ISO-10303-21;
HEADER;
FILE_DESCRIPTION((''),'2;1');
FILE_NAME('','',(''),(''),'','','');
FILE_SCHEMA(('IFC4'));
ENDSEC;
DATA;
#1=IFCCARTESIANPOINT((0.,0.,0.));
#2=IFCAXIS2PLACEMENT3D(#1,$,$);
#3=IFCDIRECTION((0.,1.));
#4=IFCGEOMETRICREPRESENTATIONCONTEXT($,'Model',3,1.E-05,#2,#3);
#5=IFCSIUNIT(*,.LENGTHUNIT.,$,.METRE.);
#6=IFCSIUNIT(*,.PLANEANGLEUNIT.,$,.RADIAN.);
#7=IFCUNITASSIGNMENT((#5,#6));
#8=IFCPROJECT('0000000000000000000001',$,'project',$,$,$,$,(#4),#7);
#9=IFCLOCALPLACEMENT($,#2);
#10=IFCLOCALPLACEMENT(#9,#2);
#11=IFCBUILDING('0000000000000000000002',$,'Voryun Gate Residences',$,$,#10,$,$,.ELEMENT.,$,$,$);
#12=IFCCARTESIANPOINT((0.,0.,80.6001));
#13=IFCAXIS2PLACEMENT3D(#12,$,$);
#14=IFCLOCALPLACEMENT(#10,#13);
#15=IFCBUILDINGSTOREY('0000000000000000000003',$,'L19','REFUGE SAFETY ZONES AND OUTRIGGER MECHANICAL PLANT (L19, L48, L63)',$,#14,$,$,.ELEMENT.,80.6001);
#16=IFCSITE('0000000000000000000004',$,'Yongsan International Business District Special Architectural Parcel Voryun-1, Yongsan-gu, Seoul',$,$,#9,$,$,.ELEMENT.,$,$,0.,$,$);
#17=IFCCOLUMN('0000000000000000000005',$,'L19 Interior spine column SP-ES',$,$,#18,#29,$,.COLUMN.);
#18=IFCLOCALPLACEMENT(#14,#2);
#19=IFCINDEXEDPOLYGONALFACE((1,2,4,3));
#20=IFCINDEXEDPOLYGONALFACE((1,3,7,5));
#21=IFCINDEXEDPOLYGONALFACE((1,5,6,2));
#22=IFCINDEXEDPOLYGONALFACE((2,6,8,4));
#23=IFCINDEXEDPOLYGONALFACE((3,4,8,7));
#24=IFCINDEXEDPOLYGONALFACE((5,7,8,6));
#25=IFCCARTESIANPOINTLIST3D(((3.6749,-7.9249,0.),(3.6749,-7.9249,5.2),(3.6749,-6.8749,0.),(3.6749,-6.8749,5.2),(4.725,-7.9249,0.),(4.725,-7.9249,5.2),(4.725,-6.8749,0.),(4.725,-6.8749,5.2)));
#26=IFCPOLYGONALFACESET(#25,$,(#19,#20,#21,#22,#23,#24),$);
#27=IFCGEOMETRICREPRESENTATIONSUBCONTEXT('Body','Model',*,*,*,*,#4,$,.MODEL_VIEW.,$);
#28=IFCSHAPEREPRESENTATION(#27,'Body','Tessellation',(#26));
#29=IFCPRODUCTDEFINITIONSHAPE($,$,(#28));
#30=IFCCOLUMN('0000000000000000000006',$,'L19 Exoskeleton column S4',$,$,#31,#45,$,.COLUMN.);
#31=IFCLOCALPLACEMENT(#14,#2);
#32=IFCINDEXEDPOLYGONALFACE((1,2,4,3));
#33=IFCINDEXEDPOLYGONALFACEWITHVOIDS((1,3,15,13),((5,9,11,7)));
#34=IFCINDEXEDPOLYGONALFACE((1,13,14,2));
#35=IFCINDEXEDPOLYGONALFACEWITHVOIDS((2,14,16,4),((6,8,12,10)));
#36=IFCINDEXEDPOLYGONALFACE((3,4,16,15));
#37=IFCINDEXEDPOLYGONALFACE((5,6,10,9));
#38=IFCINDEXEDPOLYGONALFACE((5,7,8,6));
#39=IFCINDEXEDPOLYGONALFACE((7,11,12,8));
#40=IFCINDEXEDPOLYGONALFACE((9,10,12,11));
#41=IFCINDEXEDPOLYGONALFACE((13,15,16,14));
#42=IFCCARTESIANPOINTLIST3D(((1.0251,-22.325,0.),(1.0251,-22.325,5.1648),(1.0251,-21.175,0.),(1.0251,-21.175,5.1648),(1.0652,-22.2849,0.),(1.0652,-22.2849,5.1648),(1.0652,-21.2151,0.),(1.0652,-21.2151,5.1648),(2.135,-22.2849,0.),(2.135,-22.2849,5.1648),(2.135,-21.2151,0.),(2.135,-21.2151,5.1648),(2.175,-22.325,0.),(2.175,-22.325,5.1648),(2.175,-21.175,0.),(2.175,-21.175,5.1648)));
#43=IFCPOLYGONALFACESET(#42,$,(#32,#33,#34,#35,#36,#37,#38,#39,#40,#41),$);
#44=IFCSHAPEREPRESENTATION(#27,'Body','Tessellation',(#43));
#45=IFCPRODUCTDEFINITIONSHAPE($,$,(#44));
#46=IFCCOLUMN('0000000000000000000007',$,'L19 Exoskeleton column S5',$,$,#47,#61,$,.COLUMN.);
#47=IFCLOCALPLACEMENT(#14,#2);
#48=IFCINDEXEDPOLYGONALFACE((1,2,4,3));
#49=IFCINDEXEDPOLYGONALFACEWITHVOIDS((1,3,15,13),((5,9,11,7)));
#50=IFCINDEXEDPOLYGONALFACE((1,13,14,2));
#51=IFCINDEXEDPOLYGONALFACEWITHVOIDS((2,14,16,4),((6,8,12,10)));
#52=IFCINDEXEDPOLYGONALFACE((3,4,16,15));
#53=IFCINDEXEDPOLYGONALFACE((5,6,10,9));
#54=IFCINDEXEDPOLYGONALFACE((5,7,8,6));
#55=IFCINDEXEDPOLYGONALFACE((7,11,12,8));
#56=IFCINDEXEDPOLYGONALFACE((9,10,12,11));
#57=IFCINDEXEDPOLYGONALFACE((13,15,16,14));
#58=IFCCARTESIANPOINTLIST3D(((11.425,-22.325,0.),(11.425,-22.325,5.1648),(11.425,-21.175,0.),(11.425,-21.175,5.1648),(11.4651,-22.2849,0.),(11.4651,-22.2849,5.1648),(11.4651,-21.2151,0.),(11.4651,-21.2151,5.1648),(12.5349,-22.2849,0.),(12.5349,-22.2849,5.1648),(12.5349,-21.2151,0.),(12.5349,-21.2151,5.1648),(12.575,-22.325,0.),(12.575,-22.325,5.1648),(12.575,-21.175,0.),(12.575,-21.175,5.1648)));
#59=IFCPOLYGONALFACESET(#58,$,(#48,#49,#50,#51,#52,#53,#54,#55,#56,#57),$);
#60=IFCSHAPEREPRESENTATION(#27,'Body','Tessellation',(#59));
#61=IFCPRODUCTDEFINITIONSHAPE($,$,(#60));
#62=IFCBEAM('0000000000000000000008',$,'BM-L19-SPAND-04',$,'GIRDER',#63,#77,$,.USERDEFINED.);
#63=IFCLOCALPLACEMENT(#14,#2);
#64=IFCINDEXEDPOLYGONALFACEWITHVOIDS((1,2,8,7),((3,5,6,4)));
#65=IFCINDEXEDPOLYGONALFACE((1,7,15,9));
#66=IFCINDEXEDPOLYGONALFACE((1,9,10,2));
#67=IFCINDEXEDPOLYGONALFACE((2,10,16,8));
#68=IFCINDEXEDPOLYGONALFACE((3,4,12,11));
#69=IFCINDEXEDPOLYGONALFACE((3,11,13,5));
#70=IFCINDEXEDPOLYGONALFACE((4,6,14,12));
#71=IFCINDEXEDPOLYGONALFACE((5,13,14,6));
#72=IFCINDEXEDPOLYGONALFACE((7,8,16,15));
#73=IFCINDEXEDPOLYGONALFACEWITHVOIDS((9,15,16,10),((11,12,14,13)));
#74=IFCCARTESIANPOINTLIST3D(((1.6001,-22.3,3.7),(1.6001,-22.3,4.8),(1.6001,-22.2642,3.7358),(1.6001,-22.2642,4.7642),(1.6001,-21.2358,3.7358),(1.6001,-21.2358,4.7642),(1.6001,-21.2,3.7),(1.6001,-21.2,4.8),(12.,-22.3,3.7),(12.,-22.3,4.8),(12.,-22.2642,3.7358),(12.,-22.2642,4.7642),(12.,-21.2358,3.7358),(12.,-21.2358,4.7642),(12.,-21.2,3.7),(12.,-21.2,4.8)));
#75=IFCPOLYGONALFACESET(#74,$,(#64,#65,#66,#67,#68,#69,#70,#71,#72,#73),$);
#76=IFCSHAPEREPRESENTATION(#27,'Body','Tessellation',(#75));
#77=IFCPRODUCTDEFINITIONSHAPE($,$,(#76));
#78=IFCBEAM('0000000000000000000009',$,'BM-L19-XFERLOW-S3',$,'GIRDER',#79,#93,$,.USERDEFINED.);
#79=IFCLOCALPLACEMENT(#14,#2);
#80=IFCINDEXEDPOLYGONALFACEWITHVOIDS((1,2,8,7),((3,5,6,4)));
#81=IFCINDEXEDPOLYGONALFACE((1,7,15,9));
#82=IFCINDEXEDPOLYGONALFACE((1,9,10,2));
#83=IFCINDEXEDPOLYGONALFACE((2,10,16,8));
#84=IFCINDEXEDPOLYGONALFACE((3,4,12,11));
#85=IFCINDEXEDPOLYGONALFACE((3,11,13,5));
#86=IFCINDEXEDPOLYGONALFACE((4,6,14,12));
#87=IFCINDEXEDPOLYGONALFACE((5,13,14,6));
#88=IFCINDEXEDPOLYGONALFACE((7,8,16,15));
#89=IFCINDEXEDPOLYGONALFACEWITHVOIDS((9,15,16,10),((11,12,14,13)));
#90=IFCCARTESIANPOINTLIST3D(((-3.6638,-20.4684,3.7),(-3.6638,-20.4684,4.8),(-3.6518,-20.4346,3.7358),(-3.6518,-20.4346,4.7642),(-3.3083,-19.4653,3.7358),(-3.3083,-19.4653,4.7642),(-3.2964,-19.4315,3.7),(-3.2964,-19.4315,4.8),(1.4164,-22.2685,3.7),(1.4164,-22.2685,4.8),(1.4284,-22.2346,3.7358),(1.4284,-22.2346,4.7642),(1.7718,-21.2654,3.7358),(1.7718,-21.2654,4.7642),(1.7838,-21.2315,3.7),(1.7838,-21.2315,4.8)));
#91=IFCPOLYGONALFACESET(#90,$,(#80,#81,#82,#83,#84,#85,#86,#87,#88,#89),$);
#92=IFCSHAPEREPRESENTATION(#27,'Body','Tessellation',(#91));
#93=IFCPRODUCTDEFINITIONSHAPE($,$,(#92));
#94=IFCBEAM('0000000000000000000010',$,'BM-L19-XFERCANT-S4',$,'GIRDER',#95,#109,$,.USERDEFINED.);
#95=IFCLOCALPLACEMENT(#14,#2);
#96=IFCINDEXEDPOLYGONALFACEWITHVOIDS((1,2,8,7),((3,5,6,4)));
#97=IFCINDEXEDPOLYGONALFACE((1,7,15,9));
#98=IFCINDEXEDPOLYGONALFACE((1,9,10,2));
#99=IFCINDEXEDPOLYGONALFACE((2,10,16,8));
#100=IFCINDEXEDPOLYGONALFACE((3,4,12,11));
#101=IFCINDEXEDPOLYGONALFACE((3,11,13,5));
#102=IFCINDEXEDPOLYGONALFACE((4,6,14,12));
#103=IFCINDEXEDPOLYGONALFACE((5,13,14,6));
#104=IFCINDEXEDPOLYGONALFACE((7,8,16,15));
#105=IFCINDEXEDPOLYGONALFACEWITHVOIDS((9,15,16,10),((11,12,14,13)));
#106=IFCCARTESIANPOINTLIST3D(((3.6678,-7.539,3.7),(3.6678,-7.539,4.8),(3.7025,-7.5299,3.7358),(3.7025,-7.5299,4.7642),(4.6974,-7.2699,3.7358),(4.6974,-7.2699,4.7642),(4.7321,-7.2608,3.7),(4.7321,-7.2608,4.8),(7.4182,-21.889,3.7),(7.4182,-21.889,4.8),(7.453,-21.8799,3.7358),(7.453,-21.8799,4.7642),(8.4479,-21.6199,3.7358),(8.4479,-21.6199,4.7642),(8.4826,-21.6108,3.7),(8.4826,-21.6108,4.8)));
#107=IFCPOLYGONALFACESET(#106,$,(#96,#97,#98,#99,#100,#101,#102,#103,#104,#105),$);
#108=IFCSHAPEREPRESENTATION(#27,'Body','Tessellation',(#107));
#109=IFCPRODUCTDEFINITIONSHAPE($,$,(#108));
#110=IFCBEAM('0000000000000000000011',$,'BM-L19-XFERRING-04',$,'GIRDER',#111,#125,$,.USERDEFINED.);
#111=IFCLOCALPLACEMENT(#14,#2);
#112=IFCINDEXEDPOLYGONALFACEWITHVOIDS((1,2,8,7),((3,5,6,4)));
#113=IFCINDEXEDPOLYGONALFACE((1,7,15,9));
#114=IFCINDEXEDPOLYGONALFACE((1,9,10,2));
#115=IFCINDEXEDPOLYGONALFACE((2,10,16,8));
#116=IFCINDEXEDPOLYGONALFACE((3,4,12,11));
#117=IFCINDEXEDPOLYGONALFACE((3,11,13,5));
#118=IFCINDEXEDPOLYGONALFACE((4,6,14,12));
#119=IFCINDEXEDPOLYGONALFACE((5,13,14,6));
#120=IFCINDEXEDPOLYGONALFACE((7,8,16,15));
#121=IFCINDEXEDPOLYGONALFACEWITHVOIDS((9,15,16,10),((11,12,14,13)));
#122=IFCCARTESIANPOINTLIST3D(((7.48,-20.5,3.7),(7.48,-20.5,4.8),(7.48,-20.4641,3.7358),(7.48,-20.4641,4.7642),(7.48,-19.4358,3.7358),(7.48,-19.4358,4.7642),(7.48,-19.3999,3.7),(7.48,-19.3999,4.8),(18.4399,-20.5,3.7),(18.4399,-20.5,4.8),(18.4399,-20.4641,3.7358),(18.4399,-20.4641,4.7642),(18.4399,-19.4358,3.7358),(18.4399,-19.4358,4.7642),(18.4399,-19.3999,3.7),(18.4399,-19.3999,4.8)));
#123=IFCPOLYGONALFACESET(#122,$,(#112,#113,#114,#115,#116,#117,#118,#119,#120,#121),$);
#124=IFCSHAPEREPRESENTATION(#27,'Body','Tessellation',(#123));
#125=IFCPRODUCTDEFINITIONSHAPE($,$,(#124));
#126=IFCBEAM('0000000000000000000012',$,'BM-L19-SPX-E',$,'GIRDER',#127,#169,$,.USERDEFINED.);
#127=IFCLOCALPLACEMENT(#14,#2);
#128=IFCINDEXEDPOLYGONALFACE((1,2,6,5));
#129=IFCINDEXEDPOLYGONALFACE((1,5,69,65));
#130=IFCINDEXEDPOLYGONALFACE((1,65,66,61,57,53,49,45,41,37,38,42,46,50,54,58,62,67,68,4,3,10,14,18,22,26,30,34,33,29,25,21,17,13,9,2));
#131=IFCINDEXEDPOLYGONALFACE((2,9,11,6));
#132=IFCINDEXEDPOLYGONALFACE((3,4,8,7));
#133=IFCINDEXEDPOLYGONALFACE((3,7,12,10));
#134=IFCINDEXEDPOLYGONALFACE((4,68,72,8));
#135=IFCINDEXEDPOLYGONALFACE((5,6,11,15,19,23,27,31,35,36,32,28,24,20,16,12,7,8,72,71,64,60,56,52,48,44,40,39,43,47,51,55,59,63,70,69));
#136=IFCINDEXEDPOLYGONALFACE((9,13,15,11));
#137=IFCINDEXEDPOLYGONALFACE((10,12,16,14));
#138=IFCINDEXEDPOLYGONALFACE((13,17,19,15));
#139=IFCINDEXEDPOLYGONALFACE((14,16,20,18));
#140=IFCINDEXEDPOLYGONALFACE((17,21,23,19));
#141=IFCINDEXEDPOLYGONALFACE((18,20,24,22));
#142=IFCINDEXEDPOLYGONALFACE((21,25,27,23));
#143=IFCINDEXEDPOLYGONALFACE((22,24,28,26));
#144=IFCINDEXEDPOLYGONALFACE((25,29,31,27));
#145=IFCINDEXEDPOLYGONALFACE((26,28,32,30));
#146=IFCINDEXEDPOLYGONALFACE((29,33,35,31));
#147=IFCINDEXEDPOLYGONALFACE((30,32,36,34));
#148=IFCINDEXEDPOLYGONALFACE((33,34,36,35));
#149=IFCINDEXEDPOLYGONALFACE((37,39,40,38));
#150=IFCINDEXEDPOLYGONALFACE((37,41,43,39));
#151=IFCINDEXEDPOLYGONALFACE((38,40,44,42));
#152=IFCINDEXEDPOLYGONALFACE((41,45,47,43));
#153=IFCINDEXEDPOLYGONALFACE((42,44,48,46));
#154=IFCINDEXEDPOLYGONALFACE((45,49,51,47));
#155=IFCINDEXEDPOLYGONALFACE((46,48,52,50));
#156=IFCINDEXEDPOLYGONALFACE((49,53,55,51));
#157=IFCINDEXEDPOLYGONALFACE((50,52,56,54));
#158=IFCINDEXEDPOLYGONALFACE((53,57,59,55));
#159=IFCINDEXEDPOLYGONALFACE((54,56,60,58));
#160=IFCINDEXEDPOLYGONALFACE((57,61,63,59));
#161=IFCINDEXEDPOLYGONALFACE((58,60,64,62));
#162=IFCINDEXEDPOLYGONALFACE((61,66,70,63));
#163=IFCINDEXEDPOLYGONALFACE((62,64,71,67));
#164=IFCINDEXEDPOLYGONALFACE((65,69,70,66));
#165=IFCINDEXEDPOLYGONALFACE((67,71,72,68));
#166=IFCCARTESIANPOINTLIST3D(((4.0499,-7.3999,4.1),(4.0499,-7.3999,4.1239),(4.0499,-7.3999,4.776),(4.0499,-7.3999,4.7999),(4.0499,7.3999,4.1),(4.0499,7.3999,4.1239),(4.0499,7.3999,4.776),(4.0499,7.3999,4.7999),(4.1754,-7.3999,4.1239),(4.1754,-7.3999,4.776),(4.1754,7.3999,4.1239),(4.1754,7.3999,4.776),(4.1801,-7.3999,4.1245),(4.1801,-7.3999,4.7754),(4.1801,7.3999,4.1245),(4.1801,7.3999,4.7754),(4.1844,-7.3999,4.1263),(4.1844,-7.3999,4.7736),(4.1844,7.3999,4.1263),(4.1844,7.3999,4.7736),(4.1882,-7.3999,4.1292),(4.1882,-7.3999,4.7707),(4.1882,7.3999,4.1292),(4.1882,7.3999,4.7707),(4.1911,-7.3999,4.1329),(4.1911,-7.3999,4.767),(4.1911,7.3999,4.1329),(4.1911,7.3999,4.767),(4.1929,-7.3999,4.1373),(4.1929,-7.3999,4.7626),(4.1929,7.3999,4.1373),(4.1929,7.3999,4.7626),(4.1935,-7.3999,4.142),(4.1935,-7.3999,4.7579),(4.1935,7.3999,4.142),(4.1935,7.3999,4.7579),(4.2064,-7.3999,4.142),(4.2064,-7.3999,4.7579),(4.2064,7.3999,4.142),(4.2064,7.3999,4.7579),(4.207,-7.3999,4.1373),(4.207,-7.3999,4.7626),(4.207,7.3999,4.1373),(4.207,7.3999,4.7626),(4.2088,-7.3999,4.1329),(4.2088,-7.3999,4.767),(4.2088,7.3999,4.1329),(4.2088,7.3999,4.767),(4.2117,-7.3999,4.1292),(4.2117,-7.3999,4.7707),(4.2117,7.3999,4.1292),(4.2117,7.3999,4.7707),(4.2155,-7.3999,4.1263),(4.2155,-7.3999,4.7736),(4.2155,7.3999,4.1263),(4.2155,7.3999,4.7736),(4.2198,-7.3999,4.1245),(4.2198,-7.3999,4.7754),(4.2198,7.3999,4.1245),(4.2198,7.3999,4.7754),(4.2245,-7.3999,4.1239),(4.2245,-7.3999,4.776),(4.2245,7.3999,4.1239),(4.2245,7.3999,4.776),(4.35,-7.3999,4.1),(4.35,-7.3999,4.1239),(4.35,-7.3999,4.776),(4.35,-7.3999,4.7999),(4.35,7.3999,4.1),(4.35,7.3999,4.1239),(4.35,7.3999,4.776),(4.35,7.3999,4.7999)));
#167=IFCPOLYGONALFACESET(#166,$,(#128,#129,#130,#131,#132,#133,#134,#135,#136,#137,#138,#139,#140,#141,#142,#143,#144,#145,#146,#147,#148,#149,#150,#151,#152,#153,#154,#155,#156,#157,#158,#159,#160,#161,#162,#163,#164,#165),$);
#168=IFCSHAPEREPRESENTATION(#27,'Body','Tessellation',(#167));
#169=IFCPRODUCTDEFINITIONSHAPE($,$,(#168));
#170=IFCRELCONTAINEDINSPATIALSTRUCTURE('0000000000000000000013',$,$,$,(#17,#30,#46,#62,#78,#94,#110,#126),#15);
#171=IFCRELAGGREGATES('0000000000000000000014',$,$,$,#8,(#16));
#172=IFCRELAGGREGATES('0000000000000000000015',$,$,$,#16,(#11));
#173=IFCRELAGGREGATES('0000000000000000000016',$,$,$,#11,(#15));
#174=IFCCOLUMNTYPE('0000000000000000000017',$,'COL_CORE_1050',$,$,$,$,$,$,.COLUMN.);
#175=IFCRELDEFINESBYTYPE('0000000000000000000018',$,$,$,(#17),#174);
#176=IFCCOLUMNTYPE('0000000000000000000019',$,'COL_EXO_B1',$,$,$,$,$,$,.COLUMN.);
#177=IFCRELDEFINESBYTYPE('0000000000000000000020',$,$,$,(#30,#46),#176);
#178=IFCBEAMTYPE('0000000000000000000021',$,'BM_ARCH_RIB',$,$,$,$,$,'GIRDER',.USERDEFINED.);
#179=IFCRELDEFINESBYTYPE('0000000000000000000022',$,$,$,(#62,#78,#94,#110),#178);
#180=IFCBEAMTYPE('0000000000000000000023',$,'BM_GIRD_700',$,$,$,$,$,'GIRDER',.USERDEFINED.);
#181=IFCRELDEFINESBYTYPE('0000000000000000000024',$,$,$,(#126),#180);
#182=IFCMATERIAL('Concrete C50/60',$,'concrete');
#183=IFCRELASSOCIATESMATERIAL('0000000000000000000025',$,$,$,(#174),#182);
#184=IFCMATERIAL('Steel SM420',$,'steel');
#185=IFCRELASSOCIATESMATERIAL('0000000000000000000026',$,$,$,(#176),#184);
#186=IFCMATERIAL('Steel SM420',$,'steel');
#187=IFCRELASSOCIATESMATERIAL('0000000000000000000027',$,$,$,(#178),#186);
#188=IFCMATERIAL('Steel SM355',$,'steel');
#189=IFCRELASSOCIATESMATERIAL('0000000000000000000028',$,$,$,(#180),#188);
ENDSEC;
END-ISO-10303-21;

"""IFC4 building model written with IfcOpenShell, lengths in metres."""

from ifc_helpers import new_model, si_unit, direction, frame, origin, origin_2d, place, context, subcontext, project, spatial, rectangle, hollow_rectangle, i_section, extrude, material, material_profile, profile_set, type_object, element, save


model = new_model("IFC4")

# Units and contexts
model_context = context("Model", 3, precision=1e-05, world=origin(), true_north=direction((0.0, 1.0)))
body_context = subcontext(model_context, "Body", "Model", "MODEL_VIEW")
ifc_project = project(units=[si_unit("LENGTHUNIT", "METRE"), si_unit("PLANEANGLEUNIT", "RADIAN")], contexts=[model_context])

# Site, building, storey
site_placement = place(None, origin())
site = spatial("IfcSite", under=ifc_project, at=site_placement, Name="Yongsan International Business District Special Architectural Parcel Voryun-1, Yongsan-gu, Seoul", CompositionType="ELEMENT", RefElevation=0.0)
building_placement = place(site_placement, origin())
building = spatial("IfcBuilding", under=site, at=building_placement, Name="Voryun Gate Residences", CompositionType="ELEMENT")
storey_placement = place(building_placement, frame((0.0, 0.0, 80.6001)))
storey = spatial("IfcBuildingStorey", under=building, at=storey_placement, Name="L19", Description="REFUGE SAFETY ZONES AND OUTRIGGER MECHANICAL PLANT (L19, L48, L63)", CompositionType="ELEMENT", Elevation=80.6001)

# Columns
ifc_material_1 = material(Name="Concrete C50/60", Category="concrete")
ifc_material_profile_1 = material_profile(ifc_material_1, rectangle(XDim=1.05, YDim=1.05, at=origin_2d()), Name="RC-1050x1050")
ifc_profile_set_1 = profile_set([ifc_material_profile_1], Name="Concrete C50/60")
column_type_1 = type_object("IfcColumnType", Name="COL_CORE_1050", PredefinedType="COLUMN", material=ifc_profile_set_1)
column_placement = place(storey_placement, frame((4.2, -7.3999, 0.0), z_axis=(0.0, 0.0, 1.0), x_axis=(1.0, 0.0, 0.0)))
element("IfcColumn", 1, at=column_placement, inside=storey, type_object=column_type_1, Name="L19 Interior spine column SP-ES", PredefinedType="COLUMN", context=body_context, shape_type="SweptSolid", body=[
    extrude(rectangle(XDim=1.05, YDim=1.05, at=origin_2d()), origin(), (0.0, 0.0, 1.0), 5.2),
])
ifc_material_2 = material(Name="Steel SM420", Category="steel")
ifc_material_profile_2 = material_profile(ifc_material_2, hollow_rectangle(XDim=1.1499, YDim=1.1499, WallThickness=0.04, at=origin_2d()), Name="BOX-1150x1150x40")
ifc_profile_set_2 = profile_set([ifc_material_profile_2], Name="Steel SM420")
column_type_2 = type_object("IfcColumnType", Name="COL_EXO_B1", PredefinedType="COLUMN", material=ifc_profile_set_2)
for number, where, z_axis, x_axis, name in (
    (2, (1.6001, -21.75, 0.0), (0.0, 0.0, 1.0), (1.0, 0.0, 0.0), "L19 Exoskeleton column S4"),
    (3, (12.0, -21.75, 0.0), (0.0, 0.0, 1.0), (1.0, 0.0, 0.0), "L19 Exoskeleton column S5"),
):
    element("IfcColumn", number, at=place(storey_placement, frame(where, z_axis=z_axis, x_axis=x_axis)), inside=storey, type_object=column_type_2, Name=name, PredefinedType="COLUMN", context=body_context, shape_type="SweptSolid", body=[
        extrude(hollow_rectangle(XDim=1.1499, YDim=1.1499, WallThickness=0.04, at=origin_2d()), origin(), (0.0, 0.0, 1.0), 5.1648),
    ])

# Beams
ifc_material_3 = material(Name="Steel SM420", Category="steel")
ifc_material_profile_3 = material_profile(ifc_material_3, hollow_rectangle(XDim=1.1001, YDim=1.1001, WallThickness=0.0359, at=origin_2d()), Name="BOX-1100x1100x36")
ifc_profile_set_3 = profile_set([ifc_material_profile_3], Name="Steel SM420")
beam_type_1 = type_object("IfcBeamType", Name="BM_ARCH_RIB", ElementType="GIRDER", PredefinedType="USERDEFINED", material=ifc_profile_set_3)
beam_1_placement = place(storey_placement, frame((1.6001, -21.75, 4.25), z_axis=(1.0, 0.0, 0.0), x_axis=(0.0, 1.0, 0.0)))
element("IfcBeam", 4, at=beam_1_placement, inside=storey, type_object=beam_type_1, Name="BM-L19-SPAND-04", ObjectType="GIRDER", PredefinedType="USERDEFINED", context=body_context, shape_type="SweptSolid", body=[
    extrude(hollow_rectangle(XDim=1.1001, YDim=1.1001, WallThickness=0.0359, at=origin_2d()), origin(), (0.0, 0.0, 1.0), 10.3999),
])
beam_2_placement = place(storey_placement, frame((1.6001, -21.75, 4.25), z_axis=(-0.942577, 0.333988, 0.0), x_axis=(-0.333988, -0.942577, 0.0)))
element("IfcBeam", 5, at=beam_2_placement, inside=storey, type_object=beam_type_1, Name="BM-L19-XFERLOW-S3", ObjectType="GIRDER", PredefinedType="USERDEFINED", context=body_context, shape_type="SweptSolid", body=[
    extrude(hollow_rectangle(XDim=1.1001, YDim=1.1001, WallThickness=0.0359, at=origin_2d()), origin(), (0.0, 0.0, 1.0), 5.3896),
])
beam_3_placement = place(storey_placement, frame((4.2, -7.3999, 4.25), z_axis=(0.252863, -0.967502, 0.0), x_axis=(0.967502, 0.252863, 0.0)))
element("IfcBeam", 6, at=beam_3_placement, inside=storey, type_object=beam_type_1, Name="BM-L19-XFERCANT-S4", ObjectType="GIRDER", PredefinedType="USERDEFINED", context=body_context, shape_type="SweptSolid", body=[
    extrude(hollow_rectangle(XDim=1.1001, YDim=1.1001, WallThickness=0.0359, at=origin_2d()), origin(), (0.0, 0.0, 1.0), 14.832),
])
beam_4_placement = place(storey_placement, frame((7.48, -19.95, 4.25), z_axis=(1.0, 0.0, 0.0), x_axis=(0.0, 1.0, 0.0)))
element("IfcBeam", 7, at=beam_4_placement, inside=storey, type_object=beam_type_1, Name="BM-L19-XFERRING-04", ObjectType="GIRDER", PredefinedType="USERDEFINED", context=body_context, shape_type="SweptSolid", body=[
    extrude(hollow_rectangle(XDim=1.1001, YDim=1.1001, WallThickness=0.0359, at=origin_2d()), origin(), (0.0, 0.0, 1.0), 10.96),
])
ifc_material_4 = material(Name="Steel SM355", Category="steel")
ifc_material_profile_4 = material_profile(ifc_material_4, i_section(OverallWidth=0.3, OverallDepth=0.7, WebThickness=0.0129, FlangeThickness=0.0239, FilletRadius=0.0181, at=origin_2d()), Name="H-700x300x13x24")
ifc_profile_set_4 = profile_set([ifc_material_profile_4], Name="Steel SM355")
beam_type_2 = type_object("IfcBeamType", Name="BM_GIRD_700", ElementType="GIRDER", PredefinedType="USERDEFINED", material=ifc_profile_set_4)
beam_5_placement = place(storey_placement, frame((4.2, -7.3999, 4.45), z_axis=(0.0, 1.0, 0.0), x_axis=(-1.0, 0.0, 0.0)))
element("IfcBeam", 8, at=beam_5_placement, inside=storey, type_object=beam_type_2, Name="BM-L19-SPX-E", ObjectType="GIRDER", PredefinedType="USERDEFINED", context=body_context, shape_type="SweptSolid", body=[
    extrude(i_section(OverallWidth=0.3, OverallDepth=0.7, WebThickness=0.0129, FlangeThickness=0.0239, FilletRadius=0.0181, at=origin_2d()), origin(), (0.0, 0.0, 1.0), 14.7998),
])

save(model, "model.ifc")
